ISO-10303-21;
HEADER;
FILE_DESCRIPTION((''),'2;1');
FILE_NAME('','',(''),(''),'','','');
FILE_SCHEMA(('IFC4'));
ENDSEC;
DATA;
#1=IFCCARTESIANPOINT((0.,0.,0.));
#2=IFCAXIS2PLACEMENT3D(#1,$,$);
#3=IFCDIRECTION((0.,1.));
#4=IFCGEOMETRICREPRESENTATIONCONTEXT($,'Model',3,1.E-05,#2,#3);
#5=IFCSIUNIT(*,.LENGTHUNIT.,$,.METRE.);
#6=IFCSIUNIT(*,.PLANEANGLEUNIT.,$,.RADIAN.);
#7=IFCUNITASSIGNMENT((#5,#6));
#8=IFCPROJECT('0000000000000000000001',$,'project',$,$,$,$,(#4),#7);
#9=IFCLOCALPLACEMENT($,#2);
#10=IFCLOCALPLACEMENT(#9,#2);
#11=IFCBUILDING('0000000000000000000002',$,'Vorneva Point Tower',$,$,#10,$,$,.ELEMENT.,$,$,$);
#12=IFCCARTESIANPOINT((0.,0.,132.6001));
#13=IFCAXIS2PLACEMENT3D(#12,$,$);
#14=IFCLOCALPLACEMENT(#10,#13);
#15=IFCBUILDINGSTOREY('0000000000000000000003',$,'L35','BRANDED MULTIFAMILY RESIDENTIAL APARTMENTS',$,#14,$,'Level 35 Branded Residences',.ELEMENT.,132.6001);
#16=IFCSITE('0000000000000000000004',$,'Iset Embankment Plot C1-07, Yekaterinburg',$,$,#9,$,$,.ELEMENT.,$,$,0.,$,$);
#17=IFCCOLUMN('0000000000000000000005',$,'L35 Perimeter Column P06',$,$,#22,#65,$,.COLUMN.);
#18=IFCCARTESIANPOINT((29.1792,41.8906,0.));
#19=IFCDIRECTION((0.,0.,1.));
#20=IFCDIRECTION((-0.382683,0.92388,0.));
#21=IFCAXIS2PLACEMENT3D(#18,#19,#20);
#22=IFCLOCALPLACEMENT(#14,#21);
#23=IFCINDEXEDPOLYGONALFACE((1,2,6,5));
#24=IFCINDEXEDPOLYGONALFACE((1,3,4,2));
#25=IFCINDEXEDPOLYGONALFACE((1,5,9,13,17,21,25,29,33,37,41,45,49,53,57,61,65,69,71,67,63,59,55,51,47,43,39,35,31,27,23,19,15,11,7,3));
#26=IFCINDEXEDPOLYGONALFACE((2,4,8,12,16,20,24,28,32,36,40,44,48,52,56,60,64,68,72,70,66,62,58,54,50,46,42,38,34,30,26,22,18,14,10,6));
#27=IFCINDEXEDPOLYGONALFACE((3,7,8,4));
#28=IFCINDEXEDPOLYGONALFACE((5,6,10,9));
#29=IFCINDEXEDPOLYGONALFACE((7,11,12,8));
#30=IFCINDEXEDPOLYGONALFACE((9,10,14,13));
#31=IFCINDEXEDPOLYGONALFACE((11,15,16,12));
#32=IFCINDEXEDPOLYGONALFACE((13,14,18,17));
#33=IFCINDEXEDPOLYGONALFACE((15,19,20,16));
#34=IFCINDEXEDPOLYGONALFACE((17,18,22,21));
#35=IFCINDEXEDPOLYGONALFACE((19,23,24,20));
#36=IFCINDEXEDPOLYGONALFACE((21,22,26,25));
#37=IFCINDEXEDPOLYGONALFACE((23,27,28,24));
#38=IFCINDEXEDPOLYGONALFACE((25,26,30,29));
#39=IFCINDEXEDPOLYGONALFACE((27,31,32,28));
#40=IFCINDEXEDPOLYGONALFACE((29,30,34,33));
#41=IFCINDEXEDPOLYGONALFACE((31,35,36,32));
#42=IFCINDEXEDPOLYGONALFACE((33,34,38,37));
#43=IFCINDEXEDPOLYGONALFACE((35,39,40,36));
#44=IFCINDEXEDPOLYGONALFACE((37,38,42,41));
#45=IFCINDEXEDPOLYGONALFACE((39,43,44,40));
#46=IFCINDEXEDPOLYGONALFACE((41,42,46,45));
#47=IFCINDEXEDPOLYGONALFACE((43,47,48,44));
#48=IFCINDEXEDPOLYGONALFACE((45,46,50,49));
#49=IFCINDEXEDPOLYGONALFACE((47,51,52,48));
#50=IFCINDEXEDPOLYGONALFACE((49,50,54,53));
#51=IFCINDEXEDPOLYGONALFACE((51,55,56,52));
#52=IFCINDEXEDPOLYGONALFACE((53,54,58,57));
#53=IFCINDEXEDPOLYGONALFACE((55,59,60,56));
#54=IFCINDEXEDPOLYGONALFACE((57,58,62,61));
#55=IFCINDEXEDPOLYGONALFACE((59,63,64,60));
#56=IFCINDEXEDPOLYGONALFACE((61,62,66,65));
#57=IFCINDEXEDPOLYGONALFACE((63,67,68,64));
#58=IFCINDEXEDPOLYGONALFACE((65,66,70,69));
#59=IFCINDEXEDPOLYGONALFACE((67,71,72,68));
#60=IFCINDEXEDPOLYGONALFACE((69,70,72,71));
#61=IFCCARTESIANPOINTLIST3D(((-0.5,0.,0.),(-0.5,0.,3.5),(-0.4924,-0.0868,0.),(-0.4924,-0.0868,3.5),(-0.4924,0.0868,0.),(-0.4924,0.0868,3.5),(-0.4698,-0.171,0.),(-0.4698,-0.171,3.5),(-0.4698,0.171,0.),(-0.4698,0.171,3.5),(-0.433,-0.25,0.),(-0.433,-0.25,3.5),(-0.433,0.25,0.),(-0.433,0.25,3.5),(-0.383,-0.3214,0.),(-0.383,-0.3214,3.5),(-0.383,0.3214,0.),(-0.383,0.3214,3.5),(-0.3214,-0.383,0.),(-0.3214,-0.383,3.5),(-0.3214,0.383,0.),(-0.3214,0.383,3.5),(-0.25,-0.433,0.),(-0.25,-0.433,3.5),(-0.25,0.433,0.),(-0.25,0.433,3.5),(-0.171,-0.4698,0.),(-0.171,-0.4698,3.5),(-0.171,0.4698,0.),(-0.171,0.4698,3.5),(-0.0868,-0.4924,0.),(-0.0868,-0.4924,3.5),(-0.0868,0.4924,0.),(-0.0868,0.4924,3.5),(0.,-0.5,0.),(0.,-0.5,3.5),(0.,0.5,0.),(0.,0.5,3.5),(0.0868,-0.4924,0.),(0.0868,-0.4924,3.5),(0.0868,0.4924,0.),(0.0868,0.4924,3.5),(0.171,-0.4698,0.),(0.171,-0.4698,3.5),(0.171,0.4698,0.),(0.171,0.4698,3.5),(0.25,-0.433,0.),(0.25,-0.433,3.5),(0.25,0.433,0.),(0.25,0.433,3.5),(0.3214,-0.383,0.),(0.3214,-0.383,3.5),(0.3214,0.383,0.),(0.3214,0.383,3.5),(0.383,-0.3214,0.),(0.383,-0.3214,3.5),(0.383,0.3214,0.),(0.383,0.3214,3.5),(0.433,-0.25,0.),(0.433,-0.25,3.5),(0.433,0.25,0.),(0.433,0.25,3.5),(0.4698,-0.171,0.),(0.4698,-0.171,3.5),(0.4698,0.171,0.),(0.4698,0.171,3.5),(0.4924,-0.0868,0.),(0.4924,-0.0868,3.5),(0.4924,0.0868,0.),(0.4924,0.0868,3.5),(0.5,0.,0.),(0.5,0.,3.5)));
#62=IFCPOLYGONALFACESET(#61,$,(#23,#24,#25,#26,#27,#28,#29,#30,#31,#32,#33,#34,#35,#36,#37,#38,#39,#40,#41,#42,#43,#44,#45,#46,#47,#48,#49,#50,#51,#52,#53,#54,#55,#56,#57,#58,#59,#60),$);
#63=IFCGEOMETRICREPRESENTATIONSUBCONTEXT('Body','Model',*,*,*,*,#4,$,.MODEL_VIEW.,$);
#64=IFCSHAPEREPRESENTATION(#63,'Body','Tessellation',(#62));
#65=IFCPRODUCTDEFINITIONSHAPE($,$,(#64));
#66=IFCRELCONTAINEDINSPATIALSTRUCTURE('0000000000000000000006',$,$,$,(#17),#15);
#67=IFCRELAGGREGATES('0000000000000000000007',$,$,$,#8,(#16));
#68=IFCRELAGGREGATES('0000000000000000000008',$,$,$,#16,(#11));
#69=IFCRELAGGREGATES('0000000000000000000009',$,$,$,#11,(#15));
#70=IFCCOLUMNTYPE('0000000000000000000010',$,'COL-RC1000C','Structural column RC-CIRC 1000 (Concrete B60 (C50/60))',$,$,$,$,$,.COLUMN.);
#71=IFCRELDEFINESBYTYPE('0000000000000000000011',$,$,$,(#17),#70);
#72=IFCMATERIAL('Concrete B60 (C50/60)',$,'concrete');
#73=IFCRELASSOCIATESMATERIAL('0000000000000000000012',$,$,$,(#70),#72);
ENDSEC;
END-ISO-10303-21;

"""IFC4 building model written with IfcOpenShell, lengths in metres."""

from ifc_helpers import new_model, si_unit, direction, frame, origin, origin_2d, place, context, subcontext, project, spatial, circle, extrude, material, material_profile, profile_set, type_object, element, save


model = new_model("IFC4")

# Units and contexts
model_context = context("Model", 3, precision=1e-05, world=origin(), true_north=direction((0.0, 1.0)))
body_context = subcontext(model_context, "Body", "Model", "MODEL_VIEW")
ifc_project = project(units=[si_unit("LENGTHUNIT", "METRE"), si_unit("PLANEANGLEUNIT", "RADIAN")], contexts=[model_context])

# Site, building, storey
site_placement = place(None, origin())
site = spatial("IfcSite", under=ifc_project, at=site_placement, Name="Iset Embankment Plot C1-07, Yekaterinburg", CompositionType="ELEMENT", RefElevation=0.0)
building_placement = place(site_placement, origin())
building = spatial("IfcBuilding", under=site, at=building_placement, Name="Vorneva Point Tower", CompositionType="ELEMENT")
storey_placement = place(building_placement, frame((0.0, 0.0, 132.6001)))
storey = spatial("IfcBuildingStorey", under=building, at=storey_placement, Name="L35", Description="BRANDED MULTIFAMILY RESIDENTIAL APARTMENTS", LongName="Level 35 Branded Residences", CompositionType="ELEMENT", Elevation=132.6001)

# Column
ifc_material_1 = material(Name="Concrete B60 (C50/60)", Category="concrete")
ifc_material_profile_1 = material_profile(ifc_material_1, circle(Radius=0.5, at=origin_2d()), Name="RC-CIRC 1000")
ifc_profile_set_1 = profile_set([ifc_material_profile_1], Name="Concrete B60 (C50/60)")
column_type = type_object("IfcColumnType", Name="COL-RC1000C", Description="Structural column RC-CIRC 1000 (Concrete B60 (C50/60))", PredefinedType="COLUMN", material=ifc_profile_set_1)
column_placement = place(storey_placement, frame((29.1792, 41.8906, 0.0), z_axis=(0.0, 0.0, 1.0), x_axis=(-0.382683, 0.92388, 0.0)))
element("IfcColumn", 1, at=column_placement, inside=storey, type_object=column_type, Name="L35 Perimeter Column P06", PredefinedType="COLUMN", context=body_context, shape_type="SweptSolid", body=[
    extrude(circle(Radius=0.5, at=origin_2d()), origin(), (0.0, 0.0, 1.0), 3.5),
])

save(model, "model.ifc")
